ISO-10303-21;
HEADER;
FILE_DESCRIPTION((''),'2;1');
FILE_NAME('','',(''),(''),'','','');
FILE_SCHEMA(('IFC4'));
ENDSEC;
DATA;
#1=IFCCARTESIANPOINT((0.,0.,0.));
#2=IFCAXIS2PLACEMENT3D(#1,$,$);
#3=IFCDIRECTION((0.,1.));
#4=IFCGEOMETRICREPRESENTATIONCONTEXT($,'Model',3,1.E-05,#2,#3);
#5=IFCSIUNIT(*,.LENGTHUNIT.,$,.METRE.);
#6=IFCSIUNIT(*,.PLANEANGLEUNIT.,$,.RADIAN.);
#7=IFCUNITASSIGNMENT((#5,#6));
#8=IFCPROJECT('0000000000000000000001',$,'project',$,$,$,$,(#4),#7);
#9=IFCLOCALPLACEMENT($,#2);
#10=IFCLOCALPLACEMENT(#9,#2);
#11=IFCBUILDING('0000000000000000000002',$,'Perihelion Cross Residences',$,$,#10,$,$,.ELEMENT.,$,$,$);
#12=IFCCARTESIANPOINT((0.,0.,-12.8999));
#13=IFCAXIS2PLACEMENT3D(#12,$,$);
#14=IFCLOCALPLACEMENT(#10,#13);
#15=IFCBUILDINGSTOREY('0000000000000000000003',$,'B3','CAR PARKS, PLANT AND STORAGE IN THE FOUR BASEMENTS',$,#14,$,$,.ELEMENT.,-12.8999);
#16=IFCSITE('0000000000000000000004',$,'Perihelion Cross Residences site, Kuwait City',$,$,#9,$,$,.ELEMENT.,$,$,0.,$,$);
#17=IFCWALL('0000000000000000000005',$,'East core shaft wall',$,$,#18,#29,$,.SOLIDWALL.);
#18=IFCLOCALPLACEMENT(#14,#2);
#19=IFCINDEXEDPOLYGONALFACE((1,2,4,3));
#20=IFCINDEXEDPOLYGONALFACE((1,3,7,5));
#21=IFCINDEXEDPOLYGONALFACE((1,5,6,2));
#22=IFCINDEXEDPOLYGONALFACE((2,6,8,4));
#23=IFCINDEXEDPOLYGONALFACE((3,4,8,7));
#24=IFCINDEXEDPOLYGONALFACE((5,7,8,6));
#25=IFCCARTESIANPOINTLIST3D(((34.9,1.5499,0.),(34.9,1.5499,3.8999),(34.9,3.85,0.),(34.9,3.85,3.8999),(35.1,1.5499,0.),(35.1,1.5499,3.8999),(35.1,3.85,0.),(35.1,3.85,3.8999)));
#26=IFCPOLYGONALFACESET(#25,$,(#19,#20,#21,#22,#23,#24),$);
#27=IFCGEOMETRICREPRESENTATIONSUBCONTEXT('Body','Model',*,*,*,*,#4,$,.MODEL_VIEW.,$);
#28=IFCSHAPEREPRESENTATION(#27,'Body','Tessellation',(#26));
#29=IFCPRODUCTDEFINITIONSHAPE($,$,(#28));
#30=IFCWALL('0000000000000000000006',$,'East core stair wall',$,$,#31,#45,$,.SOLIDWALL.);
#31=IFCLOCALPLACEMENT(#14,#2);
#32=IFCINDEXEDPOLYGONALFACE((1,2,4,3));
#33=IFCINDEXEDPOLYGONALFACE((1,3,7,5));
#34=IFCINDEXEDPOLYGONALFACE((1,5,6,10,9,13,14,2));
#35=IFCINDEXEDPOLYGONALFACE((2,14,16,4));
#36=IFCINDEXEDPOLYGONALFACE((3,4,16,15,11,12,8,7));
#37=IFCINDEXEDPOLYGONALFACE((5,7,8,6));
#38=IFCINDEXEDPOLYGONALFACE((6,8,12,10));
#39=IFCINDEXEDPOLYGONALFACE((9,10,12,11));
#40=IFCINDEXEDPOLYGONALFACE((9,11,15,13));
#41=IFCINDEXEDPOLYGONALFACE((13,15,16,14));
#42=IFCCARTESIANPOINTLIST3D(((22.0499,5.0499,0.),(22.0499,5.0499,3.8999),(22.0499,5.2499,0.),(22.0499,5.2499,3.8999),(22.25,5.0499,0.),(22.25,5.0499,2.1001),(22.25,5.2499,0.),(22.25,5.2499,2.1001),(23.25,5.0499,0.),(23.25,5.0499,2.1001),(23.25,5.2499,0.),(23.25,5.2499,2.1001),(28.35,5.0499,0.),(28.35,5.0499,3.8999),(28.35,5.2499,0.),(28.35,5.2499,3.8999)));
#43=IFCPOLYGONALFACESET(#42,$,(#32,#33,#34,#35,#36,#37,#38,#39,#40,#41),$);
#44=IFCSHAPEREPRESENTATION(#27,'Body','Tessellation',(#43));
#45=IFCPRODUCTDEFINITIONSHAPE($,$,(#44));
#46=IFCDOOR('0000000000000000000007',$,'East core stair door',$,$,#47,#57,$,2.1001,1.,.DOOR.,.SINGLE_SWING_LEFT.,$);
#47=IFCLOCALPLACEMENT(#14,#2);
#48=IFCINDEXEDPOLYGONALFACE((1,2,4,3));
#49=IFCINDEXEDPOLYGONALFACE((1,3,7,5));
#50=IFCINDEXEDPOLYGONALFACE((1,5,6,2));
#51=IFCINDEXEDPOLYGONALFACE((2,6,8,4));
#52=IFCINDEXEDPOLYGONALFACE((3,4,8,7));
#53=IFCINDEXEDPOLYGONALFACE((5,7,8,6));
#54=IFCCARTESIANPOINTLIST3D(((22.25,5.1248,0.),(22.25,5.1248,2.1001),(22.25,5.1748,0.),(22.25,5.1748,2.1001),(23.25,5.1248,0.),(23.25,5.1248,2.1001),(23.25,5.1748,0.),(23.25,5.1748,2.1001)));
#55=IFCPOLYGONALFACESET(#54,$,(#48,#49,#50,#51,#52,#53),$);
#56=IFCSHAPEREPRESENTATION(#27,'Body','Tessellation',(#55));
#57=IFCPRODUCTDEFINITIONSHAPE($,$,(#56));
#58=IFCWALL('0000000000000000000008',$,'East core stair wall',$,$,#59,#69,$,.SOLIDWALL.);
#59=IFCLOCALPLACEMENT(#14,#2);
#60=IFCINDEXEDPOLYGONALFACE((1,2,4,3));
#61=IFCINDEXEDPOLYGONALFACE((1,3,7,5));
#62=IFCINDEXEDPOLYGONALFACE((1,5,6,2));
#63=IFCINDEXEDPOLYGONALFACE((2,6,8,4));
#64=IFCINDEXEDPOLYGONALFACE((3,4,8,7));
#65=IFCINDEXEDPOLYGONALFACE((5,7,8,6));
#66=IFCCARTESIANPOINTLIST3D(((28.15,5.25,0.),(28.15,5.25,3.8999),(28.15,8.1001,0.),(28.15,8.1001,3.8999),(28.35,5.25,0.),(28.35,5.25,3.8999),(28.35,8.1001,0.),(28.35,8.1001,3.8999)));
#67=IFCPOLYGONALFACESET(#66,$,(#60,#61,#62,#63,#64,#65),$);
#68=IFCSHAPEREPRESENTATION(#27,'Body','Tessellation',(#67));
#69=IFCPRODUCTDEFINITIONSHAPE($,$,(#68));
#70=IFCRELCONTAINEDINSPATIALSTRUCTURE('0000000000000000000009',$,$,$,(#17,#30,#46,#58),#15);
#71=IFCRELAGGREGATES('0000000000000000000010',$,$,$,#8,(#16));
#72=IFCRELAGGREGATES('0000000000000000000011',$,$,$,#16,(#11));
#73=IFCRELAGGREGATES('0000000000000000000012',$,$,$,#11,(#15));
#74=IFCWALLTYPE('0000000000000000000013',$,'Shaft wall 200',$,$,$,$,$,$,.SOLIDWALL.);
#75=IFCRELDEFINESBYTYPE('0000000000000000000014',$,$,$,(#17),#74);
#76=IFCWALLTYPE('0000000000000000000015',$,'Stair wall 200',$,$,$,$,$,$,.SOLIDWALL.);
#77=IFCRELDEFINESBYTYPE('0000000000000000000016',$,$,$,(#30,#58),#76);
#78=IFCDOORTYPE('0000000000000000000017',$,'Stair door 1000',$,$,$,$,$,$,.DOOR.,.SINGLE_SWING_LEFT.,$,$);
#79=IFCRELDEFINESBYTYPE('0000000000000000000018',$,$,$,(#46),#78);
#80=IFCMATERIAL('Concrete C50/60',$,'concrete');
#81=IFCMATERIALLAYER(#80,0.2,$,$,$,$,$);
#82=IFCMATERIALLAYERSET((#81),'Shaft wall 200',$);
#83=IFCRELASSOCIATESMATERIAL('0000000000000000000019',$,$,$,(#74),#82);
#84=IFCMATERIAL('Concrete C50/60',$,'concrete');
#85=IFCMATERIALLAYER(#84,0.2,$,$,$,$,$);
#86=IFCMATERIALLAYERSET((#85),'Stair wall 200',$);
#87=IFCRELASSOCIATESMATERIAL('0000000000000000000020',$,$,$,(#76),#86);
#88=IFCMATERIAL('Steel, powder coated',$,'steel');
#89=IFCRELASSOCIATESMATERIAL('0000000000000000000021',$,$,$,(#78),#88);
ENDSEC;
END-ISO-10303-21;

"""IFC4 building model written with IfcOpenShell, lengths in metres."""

from ifc_helpers import new_model, si_unit, direction, frame, frame_2d, origin, place, context, subcontext, project, spatial, rectangle, extrude, material, layer, layer_set, type_object, element, fill, save


model = new_model("IFC4")

# Units and contexts
model_context = context("Model", 3, precision=1e-05, world=origin(), true_north=direction((0.0, 1.0)))
body_context = subcontext(model_context, "Body", "Model", "MODEL_VIEW")
ifc_project = project(units=[si_unit("LENGTHUNIT", "METRE"), si_unit("PLANEANGLEUNIT", "RADIAN")], contexts=[model_context])

# Site, building, storey
site_placement = place(None, origin())
site = spatial("IfcSite", under=ifc_project, at=site_placement, Name="Perihelion Cross Residences site, Kuwait City", CompositionType="ELEMENT", RefElevation=0.0)
building_placement = place(site_placement, origin())
building = spatial("IfcBuilding", under=site, at=building_placement, Name="Perihelion Cross Residences", CompositionType="ELEMENT")
storey_placement = place(building_placement, frame((0.0, 0.0, -12.8999)))
storey = spatial("IfcBuildingStorey", under=building, at=storey_placement, Name="B3", Description="CAR PARKS, PLANT AND STORAGE IN THE FOUR BASEMENTS", CompositionType="ELEMENT", Elevation=-12.8999)

# Shared definitions
ifc_material_1 = material(Name="Concrete C50/60", Category="concrete")
ifc_layer_1 = layer(ifc_material_1, 0.2)
ifc_layer_set_1 = layer_set([ifc_layer_1], Name="Shaft wall 200")
wall_type_1 = type_object("IfcWallType", Name="Shaft wall 200", PredefinedType="SOLIDWALL", material=ifc_layer_set_1)

# Wall
for number, where, z_axis, x_axis, name in (
    (1, (35.0, 1.55, 0.0), (0.0, 0.0, 1.0), (0.0, 1.0, 0.0), "East core shaft wall"),
):
    element("IfcWall", number, at=place(storey_placement, frame(where, z_axis=z_axis, x_axis=x_axis)), inside=storey, type_object=wall_type_1, Name=name, PredefinedType="SOLIDWALL", context=body_context, shape_type="SweptSolid", body=[
        extrude(rectangle(XDim=2.3, YDim=0.2, at=frame_2d((1.1499, 0.0))), origin(), (0.0, 0.0, 1.0), 3.8999),
    ])

# Wall, opening, door
ifc_material_2 = material(Name="Concrete C50/60", Category="concrete")
ifc_layer_2 = layer(ifc_material_2, 0.2)
ifc_layer_set_2 = layer_set([ifc_layer_2], Name="Stair wall 200")
wall_type_2 = type_object("IfcWallType", Name="Stair wall 200", PredefinedType="SOLIDWALL", material=ifc_layer_set_2)
wall_1_placement = place(storey_placement, frame((22.05, 5.1499, 0.0), z_axis=(0.0, 0.0, 1.0), x_axis=(1.0, 0.0, 0.0)))
wall_1 = element("IfcWall", 2, at=wall_1_placement, inside=storey, type_object=wall_type_2, Name="East core stair wall", PredefinedType="SOLIDWALL", context=body_context, shape_type="SweptSolid", body=[
    extrude(rectangle(XDim=6.3, YDim=0.2, at=frame_2d((3.1499, 0.0))), origin(), (0.0, 0.0, 1.0), 3.8999),
])
opening_1_placement = place(wall_1_placement, frame((0.2, 0.0, 0.0)))
opening_1 = element("IfcOpeningElement", 3, at=opening_1_placement, cuts=wall_1, PredefinedType="OPENING", context=body_context, shape_type="SweptSolid", body=[
    extrude(rectangle(XDim=1.0, YDim=2.1001, at=frame_2d((0.5, 1.05))), frame((0.0, 0.1099, 0.0), z_axis=(0.0, -1.0, 0.0), x_axis=(1.0, 0.0, 0.0)), (0.0, 0.0, 1.0), 0.22),
])
ifc_material_3 = material(Name="Steel, powder coated", Category="steel")
door_type_1 = type_object("IfcDoorType", Name="Stair door 1000", OperationType="SINGLE_SWING_LEFT", PredefinedType="DOOR", material=ifc_material_3)
door_1_placement = place(opening_1_placement, origin())
door_1 = element("IfcDoor", 4, at=door_1_placement, inside=storey, type_object=door_type_1, Name="East core stair door", OperationType="SINGLE_SWING_LEFT", OverallHeight=2.1001, OverallWidth=1.0, PredefinedType="DOOR", context=body_context, shape_type="SweptSolid", body=[
    extrude(rectangle(XDim=1.0, YDim=2.1001, at=frame_2d((0.5, 1.05))), frame((0.0, 0.0249, 0.0), z_axis=(0.0, -1.0, 0.0), x_axis=(1.0, 0.0, 0.0)), (0.0, 0.0, 1.0), 0.05),
])
fill(opening_1, door_1)

# Wall
wall_2_placement = place(storey_placement, frame((28.25, 5.25, 0.0), z_axis=(0.0, 0.0, 1.0), x_axis=(0.0, 1.0, 0.0)))
element("IfcWall", 5, at=wall_2_placement, inside=storey, type_object=wall_type_2, Name="East core stair wall", PredefinedType="SOLIDWALL", context=body_context, shape_type="SweptSolid", body=[
    extrude(rectangle(XDim=2.8501, YDim=0.2, at=frame_2d((1.425, 0.0))), origin(), (0.0, 0.0, 1.0), 3.8999),
])

save(model, "model.ifc")
